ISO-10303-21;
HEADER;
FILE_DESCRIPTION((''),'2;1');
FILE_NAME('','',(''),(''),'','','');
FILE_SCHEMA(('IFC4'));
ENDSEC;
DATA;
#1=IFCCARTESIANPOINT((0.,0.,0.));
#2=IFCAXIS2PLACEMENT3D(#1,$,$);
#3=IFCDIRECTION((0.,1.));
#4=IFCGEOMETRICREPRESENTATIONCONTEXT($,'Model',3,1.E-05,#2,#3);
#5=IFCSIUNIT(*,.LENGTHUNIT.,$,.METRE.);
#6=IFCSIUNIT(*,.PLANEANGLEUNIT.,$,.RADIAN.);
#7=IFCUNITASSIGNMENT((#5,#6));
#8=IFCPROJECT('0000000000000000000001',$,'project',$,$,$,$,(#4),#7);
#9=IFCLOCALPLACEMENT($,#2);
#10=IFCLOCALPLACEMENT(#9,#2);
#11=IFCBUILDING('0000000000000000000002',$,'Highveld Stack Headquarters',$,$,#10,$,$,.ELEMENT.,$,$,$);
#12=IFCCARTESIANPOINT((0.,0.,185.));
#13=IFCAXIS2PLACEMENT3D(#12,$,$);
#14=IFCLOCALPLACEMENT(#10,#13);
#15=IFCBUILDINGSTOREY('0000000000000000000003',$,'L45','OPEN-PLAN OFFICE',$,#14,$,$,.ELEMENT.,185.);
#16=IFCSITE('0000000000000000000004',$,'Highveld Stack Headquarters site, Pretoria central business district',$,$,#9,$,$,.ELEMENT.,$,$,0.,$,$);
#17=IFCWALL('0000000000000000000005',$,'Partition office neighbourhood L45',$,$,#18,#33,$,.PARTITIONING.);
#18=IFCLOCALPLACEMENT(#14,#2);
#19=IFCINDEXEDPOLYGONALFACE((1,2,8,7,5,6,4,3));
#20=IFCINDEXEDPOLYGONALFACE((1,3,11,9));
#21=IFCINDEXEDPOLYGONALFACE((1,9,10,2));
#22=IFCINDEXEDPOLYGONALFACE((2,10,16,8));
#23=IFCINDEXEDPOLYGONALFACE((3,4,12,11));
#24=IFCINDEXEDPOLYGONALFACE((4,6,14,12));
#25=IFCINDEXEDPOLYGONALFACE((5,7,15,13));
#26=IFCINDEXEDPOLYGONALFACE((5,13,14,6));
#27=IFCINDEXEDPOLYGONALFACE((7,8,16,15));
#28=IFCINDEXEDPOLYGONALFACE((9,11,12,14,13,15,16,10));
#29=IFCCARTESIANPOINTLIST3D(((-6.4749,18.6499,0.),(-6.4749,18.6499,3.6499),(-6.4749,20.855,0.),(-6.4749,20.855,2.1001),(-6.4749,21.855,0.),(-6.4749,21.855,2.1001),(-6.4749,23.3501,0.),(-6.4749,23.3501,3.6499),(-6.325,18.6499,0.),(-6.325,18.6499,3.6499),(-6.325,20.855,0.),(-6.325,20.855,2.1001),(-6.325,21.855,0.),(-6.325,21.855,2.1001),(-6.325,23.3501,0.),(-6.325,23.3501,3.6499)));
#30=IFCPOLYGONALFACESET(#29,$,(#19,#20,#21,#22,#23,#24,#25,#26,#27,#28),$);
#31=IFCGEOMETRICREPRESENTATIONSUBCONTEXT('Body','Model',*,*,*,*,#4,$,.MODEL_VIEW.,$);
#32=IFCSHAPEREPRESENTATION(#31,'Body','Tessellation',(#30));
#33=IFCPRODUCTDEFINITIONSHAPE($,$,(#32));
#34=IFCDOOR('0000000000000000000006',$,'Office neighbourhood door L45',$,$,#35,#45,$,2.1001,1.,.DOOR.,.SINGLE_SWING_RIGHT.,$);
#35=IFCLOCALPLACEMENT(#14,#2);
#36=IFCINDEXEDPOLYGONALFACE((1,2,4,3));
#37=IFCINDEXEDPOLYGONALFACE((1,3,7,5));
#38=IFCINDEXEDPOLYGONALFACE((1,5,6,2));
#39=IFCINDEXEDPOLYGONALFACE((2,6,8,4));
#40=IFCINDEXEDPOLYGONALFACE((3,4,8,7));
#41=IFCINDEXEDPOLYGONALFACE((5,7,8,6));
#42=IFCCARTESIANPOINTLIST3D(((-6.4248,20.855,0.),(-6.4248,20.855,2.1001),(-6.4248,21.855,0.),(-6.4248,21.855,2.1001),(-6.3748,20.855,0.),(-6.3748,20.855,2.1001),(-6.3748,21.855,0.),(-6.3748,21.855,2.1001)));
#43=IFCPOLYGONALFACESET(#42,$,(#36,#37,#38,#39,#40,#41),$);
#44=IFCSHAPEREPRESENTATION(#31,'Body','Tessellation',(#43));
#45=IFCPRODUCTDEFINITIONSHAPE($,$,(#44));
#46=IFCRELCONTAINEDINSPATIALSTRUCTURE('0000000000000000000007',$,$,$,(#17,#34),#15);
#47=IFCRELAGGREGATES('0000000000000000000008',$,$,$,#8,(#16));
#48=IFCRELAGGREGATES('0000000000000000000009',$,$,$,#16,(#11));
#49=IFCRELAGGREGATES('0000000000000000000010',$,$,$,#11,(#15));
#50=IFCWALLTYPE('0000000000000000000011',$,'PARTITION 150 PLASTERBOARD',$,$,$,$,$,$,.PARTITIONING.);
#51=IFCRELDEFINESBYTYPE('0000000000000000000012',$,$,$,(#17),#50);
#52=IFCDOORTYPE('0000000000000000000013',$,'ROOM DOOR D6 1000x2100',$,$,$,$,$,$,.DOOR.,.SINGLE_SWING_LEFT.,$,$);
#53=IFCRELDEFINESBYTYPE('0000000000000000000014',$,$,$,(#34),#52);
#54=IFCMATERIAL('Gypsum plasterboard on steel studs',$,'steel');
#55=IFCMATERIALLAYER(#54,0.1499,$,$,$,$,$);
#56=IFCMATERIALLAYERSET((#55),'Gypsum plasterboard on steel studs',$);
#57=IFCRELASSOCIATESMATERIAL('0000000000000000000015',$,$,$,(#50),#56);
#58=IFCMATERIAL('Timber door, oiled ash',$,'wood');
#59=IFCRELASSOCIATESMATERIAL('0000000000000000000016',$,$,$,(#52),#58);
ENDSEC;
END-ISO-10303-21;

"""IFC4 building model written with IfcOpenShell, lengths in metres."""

from ifc_helpers import new_model, si_unit, direction, frame, frame_2d, origin, place, context, subcontext, project, spatial, rectangle, extrude, material, layer, layer_set, type_object, element, fill, save


model = new_model("IFC4")

# Units and contexts
model_context = context("Model", 3, precision=1e-05, world=origin(), true_north=direction((0.0, 1.0)))
body_context = subcontext(model_context, "Body", "Model", "MODEL_VIEW")
ifc_project = project(units=[si_unit("LENGTHUNIT", "METRE"), si_unit("PLANEANGLEUNIT", "RADIAN")], contexts=[model_context])

# Site, building, storey
site_placement = place(None, origin())
site = spatial("IfcSite", under=ifc_project, at=site_placement, Name="Highveld Stack Headquarters site, Pretoria central business district", CompositionType="ELEMENT", RefElevation=0.0)
building_placement = place(site_placement, origin())
building = spatial("IfcBuilding", under=site, at=building_placement, Name="Highveld Stack Headquarters", CompositionType="ELEMENT")
storey_placement = place(building_placement, frame((0.0, 0.0, 185.0)))
storey = spatial("IfcBuildingStorey", under=building, at=storey_placement, Name="L45", Description="OPEN-PLAN OFFICE", CompositionType="ELEMENT", Elevation=185.0)

# Shared definitions
ifc_material_1 = material(Name="Gypsum plasterboard on steel studs", Category="steel")
ifc_layer_1 = layer(ifc_material_1, 0.1499)
ifc_layer_set_1 = layer_set([ifc_layer_1], Name="Gypsum plasterboard on steel studs")
wall_type_1 = type_object("IfcWallType", Name="PARTITION 150 PLASTERBOARD", PredefinedType="PARTITIONING", material=ifc_layer_set_1)

# Wall, opening, door
wall_1_placement = place(storey_placement, frame((-6.3999, 18.6499, 0.0), z_axis=(0.0, 0.0, 1.0), x_axis=(0.0, 1.0, 0.0)))
wall_1 = element("IfcWall", 1, at=wall_1_placement, inside=storey, type_object=wall_type_1, Name="Partition office neighbourhood L45", PredefinedType="PARTITIONING", context=body_context, shape_type="SweptSolid", body=[
    extrude(rectangle(XDim=4.7002, YDim=0.1499, at=frame_2d((2.3501, 0.0))), origin(), (0.0, 0.0, 1.0), 3.6499),
])
opening_placement = place(wall_1_placement, frame((2.2051, 0.0, 0.0)))
opening = element("IfcOpeningElement", 2, at=opening_placement, cuts=wall_1, PredefinedType="OPENING", context=body_context, shape_type="SweptSolid", body=[
    extrude(rectangle(XDim=1.0, YDim=2.1001, at=frame_2d((0.5, 1.05))), frame((0.0, 0.085, 0.0), z_axis=(0.0, -1.0, 0.0), x_axis=(1.0, 0.0, 0.0)), (0.0, 0.0, 1.0), 0.1699),
])
ifc_material_2 = material(Name="Timber door, oiled ash", Category="wood")
door_type = type_object("IfcDoorType", Name="ROOM DOOR D6 1000x2100", OperationType="SINGLE_SWING_LEFT", PredefinedType="DOOR", material=ifc_material_2)
door_placement = place(opening_placement, origin())
door = element("IfcDoor", 3, at=door_placement, inside=storey, type_object=door_type, Name="Office neighbourhood door L45", OperationType="SINGLE_SWING_RIGHT", OverallHeight=2.1001, OverallWidth=1.0, PredefinedType="DOOR", context=body_context, shape_type="SweptSolid", body=[
    extrude(rectangle(XDim=1.0, YDim=2.1001, at=frame_2d((0.5, 1.05))), frame((0.0, 0.0249, 0.0), z_axis=(0.0, -1.0, 0.0), x_axis=(1.0, 0.0, 0.0)), (0.0, 0.0, 1.0), 0.05),
])
fill(opening, door)

save(model, "model.ifc")
